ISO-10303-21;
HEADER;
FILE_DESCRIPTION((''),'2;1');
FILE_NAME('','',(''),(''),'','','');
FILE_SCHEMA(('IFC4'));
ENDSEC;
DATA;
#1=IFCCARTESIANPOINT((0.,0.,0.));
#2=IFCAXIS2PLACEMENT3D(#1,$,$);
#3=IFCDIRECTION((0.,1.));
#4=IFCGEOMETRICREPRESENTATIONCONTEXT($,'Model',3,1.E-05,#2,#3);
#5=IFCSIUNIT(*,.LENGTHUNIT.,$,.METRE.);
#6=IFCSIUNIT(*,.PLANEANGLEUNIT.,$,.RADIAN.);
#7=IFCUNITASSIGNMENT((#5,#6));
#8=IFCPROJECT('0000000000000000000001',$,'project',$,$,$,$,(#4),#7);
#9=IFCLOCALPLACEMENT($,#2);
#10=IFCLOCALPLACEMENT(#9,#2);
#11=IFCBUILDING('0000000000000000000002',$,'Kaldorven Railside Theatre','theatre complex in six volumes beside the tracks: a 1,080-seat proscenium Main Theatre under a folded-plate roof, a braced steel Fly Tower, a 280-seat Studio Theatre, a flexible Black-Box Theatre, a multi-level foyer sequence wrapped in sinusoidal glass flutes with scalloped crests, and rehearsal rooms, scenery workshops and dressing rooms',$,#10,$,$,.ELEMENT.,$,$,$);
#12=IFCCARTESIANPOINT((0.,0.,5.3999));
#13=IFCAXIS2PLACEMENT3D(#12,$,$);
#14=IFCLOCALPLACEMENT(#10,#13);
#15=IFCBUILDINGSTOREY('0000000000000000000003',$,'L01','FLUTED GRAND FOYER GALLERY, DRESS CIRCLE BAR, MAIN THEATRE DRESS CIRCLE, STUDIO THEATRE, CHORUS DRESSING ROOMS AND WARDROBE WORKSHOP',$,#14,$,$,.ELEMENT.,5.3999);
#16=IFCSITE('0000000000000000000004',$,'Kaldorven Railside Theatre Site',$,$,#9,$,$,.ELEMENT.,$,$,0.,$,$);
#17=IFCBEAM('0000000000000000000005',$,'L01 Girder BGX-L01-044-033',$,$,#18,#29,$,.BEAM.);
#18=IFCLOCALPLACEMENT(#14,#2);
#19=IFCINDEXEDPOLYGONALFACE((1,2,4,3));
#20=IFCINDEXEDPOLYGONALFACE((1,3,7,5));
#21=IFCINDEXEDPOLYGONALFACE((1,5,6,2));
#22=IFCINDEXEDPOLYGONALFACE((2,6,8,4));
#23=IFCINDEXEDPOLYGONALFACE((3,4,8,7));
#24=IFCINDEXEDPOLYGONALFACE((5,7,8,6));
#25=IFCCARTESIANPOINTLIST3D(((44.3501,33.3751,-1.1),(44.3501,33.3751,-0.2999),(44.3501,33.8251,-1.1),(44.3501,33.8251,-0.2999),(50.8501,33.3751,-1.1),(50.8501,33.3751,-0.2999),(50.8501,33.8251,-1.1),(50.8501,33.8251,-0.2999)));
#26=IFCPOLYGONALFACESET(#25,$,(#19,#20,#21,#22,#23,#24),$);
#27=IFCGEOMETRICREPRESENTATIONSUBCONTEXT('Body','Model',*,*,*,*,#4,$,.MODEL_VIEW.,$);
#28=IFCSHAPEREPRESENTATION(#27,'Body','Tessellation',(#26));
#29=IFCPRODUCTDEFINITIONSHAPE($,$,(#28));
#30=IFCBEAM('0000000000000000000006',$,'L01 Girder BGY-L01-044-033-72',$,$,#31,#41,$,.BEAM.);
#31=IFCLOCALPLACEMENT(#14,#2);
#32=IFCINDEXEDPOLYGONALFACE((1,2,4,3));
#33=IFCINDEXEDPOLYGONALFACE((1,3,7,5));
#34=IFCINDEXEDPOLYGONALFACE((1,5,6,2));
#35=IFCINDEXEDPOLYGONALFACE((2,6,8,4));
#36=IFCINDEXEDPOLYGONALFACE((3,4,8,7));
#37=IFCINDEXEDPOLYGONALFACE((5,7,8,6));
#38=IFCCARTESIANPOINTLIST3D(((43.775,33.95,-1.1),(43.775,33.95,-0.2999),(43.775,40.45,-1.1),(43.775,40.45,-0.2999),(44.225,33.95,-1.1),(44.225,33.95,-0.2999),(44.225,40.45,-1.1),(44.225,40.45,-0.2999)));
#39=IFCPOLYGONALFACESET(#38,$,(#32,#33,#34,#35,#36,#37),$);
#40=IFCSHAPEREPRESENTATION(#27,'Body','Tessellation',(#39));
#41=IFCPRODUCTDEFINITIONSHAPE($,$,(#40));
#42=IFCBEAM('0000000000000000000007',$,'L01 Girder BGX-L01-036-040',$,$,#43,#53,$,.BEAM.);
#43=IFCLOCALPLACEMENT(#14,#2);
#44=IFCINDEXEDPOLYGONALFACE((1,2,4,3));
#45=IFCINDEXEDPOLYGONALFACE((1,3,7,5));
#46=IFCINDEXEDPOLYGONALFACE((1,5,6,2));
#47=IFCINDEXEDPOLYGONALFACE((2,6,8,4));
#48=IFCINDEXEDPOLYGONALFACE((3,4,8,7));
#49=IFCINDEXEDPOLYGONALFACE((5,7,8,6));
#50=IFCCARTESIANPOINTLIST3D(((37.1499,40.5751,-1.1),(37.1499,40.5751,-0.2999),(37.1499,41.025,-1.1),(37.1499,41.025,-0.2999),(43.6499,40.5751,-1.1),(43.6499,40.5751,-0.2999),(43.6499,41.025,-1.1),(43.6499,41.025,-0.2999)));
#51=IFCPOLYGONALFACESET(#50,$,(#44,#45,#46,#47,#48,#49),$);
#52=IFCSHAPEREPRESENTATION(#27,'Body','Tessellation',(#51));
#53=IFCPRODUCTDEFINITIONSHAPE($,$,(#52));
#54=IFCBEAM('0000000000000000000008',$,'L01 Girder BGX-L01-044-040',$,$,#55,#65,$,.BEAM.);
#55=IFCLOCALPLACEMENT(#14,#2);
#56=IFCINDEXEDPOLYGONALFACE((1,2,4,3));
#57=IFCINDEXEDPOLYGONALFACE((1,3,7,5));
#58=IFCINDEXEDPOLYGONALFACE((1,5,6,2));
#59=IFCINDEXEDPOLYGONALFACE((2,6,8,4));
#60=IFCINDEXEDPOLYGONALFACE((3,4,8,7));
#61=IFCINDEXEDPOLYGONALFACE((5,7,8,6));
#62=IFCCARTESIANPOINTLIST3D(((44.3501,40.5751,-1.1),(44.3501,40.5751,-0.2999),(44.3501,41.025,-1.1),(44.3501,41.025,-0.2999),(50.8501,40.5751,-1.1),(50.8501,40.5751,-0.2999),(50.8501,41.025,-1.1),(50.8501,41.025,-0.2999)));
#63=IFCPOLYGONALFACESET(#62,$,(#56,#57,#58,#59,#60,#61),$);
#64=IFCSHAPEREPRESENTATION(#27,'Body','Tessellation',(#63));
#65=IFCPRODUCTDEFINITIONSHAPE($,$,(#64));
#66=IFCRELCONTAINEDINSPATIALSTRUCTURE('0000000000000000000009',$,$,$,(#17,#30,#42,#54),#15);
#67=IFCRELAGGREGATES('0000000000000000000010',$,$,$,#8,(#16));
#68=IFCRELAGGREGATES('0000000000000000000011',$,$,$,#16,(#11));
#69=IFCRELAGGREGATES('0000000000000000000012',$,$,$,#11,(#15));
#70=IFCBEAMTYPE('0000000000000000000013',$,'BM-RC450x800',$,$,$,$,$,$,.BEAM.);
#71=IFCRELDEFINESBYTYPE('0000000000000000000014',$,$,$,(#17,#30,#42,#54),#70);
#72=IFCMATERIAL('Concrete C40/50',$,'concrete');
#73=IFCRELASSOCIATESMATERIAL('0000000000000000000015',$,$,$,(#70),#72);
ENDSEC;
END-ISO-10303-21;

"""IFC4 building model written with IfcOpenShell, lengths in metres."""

from ifc_helpers import new_model, si_unit, direction, frame, origin, origin_2d, place, context, subcontext, project, spatial, rectangle, extrude, material, material_profile, profile_set, type_object, element, save


model = new_model("IFC4")

# Units and contexts
model_context = context("Model", 3, precision=1e-05, world=origin(), true_north=direction((0.0, 1.0)))
body_context = subcontext(model_context, "Body", "Model", "MODEL_VIEW")
ifc_project = project(units=[si_unit("LENGTHUNIT", "METRE"), si_unit("PLANEANGLEUNIT", "RADIAN")], contexts=[model_context])

# Site, building, storey
site_placement = place(None, origin())
site = spatial("IfcSite", under=ifc_project, at=site_placement, Name="Kaldorven Railside Theatre Site", CompositionType="ELEMENT", RefElevation=0.0)
building_placement = place(site_placement, origin())
building = spatial("IfcBuilding", under=site, at=building_placement, Name="Kaldorven Railside Theatre", Description="theatre complex in six volumes beside the tracks: a 1,080-seat proscenium Main Theatre under a folded-plate roof, a braced steel Fly Tower, a 280-seat Studio Theatre, a flexible Black-Box Theatre, a multi-level foyer sequence wrapped in sinusoidal glass flutes with scalloped crests, and rehearsal rooms, scenery workshops and dressing rooms", CompositionType="ELEMENT")
storey_placement = place(building_placement, frame((0.0, 0.0, 5.3999)))
storey = spatial("IfcBuildingStorey", under=building, at=storey_placement, Name="L01", Description="FLUTED GRAND FOYER GALLERY, DRESS CIRCLE BAR, MAIN THEATRE DRESS CIRCLE, STUDIO THEATRE, CHORUS DRESSING ROOMS AND WARDROBE WORKSHOP", CompositionType="ELEMENT", Elevation=5.3999)

# Shared definitions
ifc_material_1 = material(Name="Concrete C40/50", Category="concrete")

# Beams
ifc_material_profile_1 = material_profile(ifc_material_1, rectangle(XDim=0.45, YDim=0.8, at=origin_2d()), Name="RC 450x800")
ifc_profile_set_1 = profile_set([ifc_material_profile_1], Name="Concrete C40/50")
beam_type_1 = type_object("IfcBeamType", Name="BM-RC450x800", PredefinedType="BEAM", material=ifc_profile_set_1)
for number, where, z_axis, x_axis, name in (
    (1, (44.3501, 33.6001, -0.7), (1.0, 0.0, 0.0), (0.0, 1.0, 0.0), "L01 Girder BGX-L01-044-033"),
    (2, (44.0, 33.95, -0.7), (0.0, 1.0, 0.0), (-1.0, 0.0, 0.0), "L01 Girder BGY-L01-044-033-72"),
    (3, (37.1499, 40.8, -0.7), (1.0, 0.0, 0.0), (0.0, 1.0, 0.0), "L01 Girder BGX-L01-036-040"),
    (4, (44.3501, 40.8, -0.7), (1.0, 0.0, 0.0), (0.0, 1.0, 0.0), "L01 Girder BGX-L01-044-040"),
):
    element("IfcBeam", number, at=place(storey_placement, frame(where, z_axis=z_axis, x_axis=x_axis)), inside=storey, type_object=beam_type_1, Name=name, PredefinedType="BEAM", context=body_context, shape_type="SweptSolid", body=[
        extrude(rectangle(XDim=0.45, YDim=0.8, at=origin_2d()), origin(), (0.0, 0.0, 1.0), 6.5),
    ])

save(model, "model.ifc")
